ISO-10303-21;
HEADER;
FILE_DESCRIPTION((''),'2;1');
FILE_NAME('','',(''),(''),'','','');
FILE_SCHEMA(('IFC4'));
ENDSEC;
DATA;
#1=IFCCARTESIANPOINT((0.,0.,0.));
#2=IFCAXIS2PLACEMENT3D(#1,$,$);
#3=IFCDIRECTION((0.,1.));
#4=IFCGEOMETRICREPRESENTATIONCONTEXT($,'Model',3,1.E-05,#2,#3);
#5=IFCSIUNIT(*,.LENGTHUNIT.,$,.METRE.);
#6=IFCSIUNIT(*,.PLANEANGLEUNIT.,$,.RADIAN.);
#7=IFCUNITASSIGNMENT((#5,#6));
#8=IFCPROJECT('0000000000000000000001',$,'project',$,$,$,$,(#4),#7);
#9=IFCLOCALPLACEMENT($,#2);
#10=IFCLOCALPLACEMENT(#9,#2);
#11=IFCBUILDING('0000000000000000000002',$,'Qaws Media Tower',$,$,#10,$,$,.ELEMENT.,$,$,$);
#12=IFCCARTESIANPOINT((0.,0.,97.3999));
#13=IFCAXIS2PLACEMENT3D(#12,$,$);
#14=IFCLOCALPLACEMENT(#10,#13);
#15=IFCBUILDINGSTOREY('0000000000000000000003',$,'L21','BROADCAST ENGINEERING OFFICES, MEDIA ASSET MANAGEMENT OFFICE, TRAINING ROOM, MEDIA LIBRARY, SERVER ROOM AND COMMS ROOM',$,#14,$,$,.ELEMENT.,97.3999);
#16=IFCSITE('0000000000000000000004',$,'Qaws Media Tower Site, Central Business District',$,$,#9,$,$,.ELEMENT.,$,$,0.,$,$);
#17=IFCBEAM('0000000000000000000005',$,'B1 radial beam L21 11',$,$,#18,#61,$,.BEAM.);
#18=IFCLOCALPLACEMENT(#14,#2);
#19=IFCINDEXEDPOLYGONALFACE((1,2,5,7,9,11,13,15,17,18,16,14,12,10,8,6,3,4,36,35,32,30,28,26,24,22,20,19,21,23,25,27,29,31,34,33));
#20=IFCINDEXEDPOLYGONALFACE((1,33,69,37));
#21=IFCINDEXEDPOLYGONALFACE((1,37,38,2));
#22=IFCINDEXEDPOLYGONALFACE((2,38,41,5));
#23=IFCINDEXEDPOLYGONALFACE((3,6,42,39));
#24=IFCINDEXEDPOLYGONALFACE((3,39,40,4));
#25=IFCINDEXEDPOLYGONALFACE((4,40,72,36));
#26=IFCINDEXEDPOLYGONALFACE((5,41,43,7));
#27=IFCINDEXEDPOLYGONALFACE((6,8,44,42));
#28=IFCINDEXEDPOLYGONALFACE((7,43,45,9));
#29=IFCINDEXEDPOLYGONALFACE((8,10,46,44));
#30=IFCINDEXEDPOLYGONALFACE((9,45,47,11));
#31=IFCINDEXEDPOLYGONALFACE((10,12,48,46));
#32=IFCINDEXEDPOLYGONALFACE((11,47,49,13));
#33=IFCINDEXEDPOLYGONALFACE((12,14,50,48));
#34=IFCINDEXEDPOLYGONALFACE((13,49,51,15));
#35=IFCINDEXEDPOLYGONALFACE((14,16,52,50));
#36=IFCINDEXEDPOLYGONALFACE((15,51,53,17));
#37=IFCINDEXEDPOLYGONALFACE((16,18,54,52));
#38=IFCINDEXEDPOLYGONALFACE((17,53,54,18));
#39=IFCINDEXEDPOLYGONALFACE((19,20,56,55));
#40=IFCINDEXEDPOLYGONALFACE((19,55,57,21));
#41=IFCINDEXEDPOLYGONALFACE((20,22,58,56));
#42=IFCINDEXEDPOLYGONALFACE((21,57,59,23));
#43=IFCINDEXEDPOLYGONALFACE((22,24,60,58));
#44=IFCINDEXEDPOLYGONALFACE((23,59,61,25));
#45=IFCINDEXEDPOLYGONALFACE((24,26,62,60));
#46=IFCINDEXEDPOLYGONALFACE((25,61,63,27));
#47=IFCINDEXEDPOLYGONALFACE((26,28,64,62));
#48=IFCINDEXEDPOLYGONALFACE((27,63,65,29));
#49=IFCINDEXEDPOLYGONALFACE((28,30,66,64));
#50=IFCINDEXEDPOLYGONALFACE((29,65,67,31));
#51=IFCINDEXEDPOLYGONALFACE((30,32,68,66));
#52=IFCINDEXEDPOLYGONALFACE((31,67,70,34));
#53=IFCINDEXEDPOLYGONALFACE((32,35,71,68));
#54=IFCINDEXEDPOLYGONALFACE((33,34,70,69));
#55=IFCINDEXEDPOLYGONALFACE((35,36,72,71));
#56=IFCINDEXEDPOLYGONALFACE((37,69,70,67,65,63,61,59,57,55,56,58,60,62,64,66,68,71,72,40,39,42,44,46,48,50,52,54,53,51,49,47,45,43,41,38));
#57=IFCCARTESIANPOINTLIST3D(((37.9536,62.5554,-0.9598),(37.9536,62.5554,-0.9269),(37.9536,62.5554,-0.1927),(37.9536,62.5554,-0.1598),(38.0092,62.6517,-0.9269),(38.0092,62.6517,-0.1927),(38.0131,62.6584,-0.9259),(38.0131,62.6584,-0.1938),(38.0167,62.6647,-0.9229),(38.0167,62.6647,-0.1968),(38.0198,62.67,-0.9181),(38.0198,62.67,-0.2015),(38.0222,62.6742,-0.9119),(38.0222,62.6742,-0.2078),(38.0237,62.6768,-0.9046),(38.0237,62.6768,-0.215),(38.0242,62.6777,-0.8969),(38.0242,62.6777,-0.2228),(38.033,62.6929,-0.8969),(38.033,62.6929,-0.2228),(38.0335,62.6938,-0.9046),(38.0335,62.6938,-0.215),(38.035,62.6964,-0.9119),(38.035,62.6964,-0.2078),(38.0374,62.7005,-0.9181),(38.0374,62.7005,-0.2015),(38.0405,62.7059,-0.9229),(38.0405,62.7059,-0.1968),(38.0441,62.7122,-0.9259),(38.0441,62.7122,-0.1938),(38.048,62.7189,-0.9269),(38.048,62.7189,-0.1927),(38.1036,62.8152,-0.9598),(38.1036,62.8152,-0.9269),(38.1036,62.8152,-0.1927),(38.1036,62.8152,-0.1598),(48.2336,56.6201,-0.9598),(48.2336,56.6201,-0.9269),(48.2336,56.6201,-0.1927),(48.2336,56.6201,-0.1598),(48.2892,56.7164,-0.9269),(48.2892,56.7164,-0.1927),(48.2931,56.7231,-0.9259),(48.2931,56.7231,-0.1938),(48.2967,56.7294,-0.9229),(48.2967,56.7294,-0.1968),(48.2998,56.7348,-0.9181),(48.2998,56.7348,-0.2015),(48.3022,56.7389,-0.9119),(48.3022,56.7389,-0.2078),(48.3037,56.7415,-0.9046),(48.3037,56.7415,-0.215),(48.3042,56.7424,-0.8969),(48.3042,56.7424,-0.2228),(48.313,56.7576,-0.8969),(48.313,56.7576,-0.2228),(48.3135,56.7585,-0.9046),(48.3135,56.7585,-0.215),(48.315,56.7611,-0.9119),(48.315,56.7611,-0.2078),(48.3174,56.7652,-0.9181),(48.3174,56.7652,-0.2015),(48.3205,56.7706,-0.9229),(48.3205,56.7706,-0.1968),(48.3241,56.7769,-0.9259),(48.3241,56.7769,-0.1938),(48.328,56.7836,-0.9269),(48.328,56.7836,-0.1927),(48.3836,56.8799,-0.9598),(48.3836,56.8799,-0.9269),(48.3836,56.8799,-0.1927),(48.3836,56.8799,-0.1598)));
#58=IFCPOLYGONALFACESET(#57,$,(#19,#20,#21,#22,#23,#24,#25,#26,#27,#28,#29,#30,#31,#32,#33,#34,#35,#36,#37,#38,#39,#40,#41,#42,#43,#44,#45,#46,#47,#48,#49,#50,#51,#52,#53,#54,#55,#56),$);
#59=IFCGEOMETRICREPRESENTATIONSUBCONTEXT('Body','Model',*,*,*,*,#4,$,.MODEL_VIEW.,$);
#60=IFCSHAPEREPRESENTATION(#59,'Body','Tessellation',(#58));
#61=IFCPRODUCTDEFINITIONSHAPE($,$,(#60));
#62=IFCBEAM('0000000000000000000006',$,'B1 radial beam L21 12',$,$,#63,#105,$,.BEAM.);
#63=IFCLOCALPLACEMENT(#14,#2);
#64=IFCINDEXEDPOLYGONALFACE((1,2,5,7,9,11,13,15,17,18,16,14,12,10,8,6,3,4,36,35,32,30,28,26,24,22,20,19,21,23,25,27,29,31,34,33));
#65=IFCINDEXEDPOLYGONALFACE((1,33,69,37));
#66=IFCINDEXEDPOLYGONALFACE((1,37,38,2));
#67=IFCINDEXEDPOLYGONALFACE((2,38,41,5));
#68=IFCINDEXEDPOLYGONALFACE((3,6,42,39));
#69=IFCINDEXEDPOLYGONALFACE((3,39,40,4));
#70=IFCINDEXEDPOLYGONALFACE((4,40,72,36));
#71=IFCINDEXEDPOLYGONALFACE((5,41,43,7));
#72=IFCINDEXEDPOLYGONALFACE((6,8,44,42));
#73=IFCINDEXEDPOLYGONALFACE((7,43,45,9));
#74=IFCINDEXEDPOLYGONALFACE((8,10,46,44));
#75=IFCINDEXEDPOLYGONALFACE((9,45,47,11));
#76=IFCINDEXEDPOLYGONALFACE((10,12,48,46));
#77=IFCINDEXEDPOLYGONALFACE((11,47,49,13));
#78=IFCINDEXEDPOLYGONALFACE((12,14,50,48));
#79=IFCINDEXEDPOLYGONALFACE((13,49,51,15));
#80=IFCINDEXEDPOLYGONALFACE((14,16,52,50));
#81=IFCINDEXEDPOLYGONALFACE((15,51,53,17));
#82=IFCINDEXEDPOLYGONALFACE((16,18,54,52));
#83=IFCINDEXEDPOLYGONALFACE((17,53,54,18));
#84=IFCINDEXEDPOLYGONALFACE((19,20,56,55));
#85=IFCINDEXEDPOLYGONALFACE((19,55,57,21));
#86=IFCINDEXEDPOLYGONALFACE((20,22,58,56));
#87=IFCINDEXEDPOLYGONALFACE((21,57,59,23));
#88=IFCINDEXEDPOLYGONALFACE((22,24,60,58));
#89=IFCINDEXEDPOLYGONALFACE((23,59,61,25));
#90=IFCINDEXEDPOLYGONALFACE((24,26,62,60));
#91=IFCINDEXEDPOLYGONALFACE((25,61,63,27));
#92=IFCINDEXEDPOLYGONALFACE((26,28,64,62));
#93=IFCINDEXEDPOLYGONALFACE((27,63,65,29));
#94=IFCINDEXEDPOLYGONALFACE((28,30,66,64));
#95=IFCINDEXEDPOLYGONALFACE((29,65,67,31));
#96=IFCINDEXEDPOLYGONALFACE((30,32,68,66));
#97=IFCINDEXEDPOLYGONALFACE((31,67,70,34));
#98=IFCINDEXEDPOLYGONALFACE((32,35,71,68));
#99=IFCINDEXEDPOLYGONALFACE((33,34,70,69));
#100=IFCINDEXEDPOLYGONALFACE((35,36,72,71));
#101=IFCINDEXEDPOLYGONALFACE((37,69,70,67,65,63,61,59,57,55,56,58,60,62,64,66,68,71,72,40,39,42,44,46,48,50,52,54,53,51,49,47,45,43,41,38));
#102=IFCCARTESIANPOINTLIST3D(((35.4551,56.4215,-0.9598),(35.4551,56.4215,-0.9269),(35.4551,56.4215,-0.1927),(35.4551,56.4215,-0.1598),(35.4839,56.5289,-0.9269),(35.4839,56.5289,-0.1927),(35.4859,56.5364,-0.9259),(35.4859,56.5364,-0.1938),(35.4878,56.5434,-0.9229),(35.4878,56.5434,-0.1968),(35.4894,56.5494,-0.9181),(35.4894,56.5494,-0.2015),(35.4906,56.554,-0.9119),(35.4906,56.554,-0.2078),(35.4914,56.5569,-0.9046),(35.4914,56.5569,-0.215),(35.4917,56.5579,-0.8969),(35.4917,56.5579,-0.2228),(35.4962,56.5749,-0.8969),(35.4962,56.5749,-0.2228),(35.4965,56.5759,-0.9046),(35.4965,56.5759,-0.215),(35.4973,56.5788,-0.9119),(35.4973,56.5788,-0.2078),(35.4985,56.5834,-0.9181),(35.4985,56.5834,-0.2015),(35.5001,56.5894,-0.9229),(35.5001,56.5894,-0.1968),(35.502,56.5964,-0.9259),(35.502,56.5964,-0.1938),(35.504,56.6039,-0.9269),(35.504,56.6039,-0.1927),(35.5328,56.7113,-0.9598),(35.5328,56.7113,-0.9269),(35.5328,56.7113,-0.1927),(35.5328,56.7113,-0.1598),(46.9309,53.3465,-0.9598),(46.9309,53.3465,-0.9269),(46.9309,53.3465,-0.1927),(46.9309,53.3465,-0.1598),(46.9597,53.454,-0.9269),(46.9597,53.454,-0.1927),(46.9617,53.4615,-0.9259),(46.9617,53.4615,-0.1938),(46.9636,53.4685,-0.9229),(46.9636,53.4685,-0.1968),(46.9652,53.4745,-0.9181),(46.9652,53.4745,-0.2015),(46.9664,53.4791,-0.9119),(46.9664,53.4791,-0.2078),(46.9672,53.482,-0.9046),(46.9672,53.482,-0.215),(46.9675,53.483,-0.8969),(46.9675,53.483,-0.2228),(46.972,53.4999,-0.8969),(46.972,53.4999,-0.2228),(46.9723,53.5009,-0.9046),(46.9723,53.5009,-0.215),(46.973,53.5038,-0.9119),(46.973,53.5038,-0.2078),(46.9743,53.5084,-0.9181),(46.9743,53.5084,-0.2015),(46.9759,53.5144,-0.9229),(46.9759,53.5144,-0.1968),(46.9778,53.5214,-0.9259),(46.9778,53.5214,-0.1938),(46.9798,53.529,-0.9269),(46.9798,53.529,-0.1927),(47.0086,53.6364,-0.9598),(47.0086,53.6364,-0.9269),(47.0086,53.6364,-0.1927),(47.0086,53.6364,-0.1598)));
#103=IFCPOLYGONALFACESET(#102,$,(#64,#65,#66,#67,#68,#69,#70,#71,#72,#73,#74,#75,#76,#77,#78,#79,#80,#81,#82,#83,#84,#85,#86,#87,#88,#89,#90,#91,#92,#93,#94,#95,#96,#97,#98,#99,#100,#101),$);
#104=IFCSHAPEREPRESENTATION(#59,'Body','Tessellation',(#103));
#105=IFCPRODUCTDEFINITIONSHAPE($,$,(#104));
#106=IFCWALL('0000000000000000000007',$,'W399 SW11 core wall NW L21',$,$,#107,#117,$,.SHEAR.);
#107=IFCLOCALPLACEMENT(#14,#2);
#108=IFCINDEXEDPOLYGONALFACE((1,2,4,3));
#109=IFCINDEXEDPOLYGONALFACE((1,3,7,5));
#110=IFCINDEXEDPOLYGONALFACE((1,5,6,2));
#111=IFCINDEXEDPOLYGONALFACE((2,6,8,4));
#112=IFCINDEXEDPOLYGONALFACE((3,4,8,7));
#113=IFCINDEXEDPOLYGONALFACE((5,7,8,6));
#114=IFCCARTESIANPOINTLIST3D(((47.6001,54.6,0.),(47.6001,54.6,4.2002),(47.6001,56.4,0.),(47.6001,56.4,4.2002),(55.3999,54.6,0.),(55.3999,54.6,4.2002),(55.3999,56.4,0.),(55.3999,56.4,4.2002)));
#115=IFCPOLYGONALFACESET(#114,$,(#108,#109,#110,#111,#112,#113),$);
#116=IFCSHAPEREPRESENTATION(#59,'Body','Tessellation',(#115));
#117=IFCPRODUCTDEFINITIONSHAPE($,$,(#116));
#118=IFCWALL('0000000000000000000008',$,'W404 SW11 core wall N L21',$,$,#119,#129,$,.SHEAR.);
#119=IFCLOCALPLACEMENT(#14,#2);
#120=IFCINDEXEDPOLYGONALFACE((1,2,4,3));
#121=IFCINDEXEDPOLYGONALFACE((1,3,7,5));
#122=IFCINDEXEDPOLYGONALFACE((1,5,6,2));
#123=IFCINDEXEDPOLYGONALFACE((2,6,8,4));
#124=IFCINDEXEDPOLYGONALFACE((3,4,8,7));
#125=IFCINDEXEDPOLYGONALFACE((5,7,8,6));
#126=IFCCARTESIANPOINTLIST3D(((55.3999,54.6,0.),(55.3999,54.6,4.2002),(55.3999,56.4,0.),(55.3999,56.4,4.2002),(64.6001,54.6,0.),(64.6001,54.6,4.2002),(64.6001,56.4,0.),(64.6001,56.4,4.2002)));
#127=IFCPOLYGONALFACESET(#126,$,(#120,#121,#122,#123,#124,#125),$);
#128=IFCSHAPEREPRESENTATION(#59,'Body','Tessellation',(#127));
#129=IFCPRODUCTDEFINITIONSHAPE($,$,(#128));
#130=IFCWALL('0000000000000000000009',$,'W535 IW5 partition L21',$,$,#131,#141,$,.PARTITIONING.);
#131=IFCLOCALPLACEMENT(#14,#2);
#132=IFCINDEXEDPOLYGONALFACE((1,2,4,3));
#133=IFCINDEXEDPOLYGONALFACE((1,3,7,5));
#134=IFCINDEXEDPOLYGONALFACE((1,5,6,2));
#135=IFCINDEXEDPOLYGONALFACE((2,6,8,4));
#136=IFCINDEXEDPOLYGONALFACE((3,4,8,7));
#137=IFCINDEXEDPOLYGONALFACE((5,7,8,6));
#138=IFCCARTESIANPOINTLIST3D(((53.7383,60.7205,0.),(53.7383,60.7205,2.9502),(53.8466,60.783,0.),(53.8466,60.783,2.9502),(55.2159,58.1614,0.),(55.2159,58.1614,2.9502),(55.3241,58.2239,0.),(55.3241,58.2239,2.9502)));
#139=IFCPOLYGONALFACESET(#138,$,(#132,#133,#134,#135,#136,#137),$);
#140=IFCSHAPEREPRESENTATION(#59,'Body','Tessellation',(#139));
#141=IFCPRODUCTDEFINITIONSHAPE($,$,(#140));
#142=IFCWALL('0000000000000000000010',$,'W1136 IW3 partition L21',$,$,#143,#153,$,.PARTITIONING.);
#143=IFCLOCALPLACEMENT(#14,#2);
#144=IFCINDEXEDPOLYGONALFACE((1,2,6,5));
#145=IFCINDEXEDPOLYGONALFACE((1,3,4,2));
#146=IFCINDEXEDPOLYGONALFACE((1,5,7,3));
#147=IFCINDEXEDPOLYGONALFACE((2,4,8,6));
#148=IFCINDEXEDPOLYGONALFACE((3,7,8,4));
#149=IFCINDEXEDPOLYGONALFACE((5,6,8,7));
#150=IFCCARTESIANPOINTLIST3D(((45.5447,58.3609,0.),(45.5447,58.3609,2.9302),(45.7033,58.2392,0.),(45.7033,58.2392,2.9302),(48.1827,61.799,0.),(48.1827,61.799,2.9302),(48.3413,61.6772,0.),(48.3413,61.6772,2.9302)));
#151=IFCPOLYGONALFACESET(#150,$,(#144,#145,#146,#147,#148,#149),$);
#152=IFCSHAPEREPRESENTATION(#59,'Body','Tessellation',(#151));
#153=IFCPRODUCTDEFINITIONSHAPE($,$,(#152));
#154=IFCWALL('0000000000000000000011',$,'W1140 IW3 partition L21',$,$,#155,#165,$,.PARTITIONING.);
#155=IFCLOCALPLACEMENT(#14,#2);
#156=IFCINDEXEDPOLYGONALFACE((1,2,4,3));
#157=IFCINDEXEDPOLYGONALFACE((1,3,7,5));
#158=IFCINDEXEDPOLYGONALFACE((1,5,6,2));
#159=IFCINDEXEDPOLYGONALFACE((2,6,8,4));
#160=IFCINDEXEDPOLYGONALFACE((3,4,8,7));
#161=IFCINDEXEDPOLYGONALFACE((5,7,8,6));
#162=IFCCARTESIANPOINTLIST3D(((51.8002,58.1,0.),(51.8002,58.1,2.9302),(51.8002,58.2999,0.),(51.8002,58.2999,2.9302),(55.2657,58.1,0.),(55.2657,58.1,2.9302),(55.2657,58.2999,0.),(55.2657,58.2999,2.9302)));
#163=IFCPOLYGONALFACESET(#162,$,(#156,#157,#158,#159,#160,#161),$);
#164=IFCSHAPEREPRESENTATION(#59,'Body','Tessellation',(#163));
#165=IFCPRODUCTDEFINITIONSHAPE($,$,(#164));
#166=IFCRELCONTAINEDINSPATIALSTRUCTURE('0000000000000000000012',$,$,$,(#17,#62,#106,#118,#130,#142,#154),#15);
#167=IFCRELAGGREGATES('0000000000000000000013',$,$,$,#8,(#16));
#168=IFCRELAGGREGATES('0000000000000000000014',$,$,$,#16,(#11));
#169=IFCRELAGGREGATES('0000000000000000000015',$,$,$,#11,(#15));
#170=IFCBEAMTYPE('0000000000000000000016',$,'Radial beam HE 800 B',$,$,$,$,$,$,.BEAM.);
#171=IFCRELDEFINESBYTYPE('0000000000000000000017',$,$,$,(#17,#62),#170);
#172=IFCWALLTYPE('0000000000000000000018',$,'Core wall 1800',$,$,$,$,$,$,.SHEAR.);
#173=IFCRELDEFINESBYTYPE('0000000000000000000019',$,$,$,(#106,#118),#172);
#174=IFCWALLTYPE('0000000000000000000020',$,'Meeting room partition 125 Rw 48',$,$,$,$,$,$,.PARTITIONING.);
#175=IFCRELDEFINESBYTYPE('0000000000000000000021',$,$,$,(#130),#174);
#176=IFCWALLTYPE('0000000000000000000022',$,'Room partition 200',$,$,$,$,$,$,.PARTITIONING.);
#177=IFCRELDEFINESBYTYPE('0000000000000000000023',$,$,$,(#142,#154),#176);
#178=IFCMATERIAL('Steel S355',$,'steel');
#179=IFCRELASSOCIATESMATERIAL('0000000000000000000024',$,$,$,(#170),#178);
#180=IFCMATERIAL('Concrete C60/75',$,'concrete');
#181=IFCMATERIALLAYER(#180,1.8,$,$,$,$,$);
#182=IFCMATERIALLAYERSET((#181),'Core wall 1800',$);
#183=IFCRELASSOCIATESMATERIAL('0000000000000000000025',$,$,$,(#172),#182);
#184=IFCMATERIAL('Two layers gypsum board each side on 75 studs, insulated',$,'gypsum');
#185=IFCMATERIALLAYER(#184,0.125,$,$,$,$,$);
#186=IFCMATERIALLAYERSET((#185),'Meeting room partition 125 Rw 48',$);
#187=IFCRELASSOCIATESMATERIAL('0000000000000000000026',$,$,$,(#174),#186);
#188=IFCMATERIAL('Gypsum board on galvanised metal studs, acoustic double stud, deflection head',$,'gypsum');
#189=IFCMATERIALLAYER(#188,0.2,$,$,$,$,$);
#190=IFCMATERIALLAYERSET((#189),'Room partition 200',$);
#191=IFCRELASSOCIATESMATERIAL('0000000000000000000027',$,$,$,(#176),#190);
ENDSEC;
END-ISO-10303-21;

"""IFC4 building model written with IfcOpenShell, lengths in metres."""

from ifc_helpers import new_model, si_unit, direction, frame, frame_2d, origin, origin_2d, place, context, subcontext, project, spatial, rectangle, i_section, extrude, material, layer, layer_set, material_profile, profile_set, type_object, element, save


model = new_model("IFC4")

# Units and contexts
model_context = context("Model", 3, precision=1e-05, world=origin(), true_north=direction((0.0, 1.0)))
body_context = subcontext(model_context, "Body", "Model", "MODEL_VIEW")
ifc_project = project(units=[si_unit("LENGTHUNIT", "METRE"), si_unit("PLANEANGLEUNIT", "RADIAN")], contexts=[model_context])

# Site, building, storey
site_placement = place(None, origin())
site = spatial("IfcSite", under=ifc_project, at=site_placement, Name="Qaws Media Tower Site, Central Business District", CompositionType="ELEMENT", RefElevation=0.0)
building_placement = place(site_placement, origin())
building = spatial("IfcBuilding", under=site, at=building_placement, Name="Qaws Media Tower", CompositionType="ELEMENT")
storey_placement = place(building_placement, frame((0.0, 0.0, 97.3999)))
storey = spatial("IfcBuildingStorey", under=building, at=storey_placement, Name="L21", Description="BROADCAST ENGINEERING OFFICES, MEDIA ASSET MANAGEMENT OFFICE, TRAINING ROOM, MEDIA LIBRARY, SERVER ROOM AND COMMS ROOM", CompositionType="ELEMENT", Elevation=97.3999)

# Beams
ifc_material_1 = material(Name="Steel S355", Category="steel")
ifc_material_profile_1 = material_profile(ifc_material_1, i_section(OverallWidth=0.3, OverallDepth=0.8, WebThickness=0.0176, FlangeThickness=0.033, FilletRadius=0.03, at=origin_2d()), Name="HE 800 B")
ifc_profile_set_1 = profile_set([ifc_material_profile_1], Name="Steel S355")
beam_type_1 = type_object("IfcBeamType", Name="Radial beam HE 800 B", PredefinedType="BEAM", material=ifc_profile_set_1)
beam_1_placement = place(storey_placement, frame((48.3086, 56.75, -0.5598), z_axis=(-0.866021, 0.500008, 0.0), x_axis=(-0.500008, -0.866021, 0.0)))
element("IfcBeam", 1, at=beam_1_placement, inside=storey, type_object=beam_type_1, Name="B1 radial beam L21 11", PredefinedType="BEAM", context=body_context, shape_type="SweptSolid", body=[
    extrude(i_section(OverallWidth=0.3, OverallDepth=0.8, WebThickness=0.0176, FlangeThickness=0.033, FilletRadius=0.03, at=origin_2d()), origin(), (0.0, 0.0, 1.0), 11.8704),
])
beam_2_placement = place(storey_placement, frame((46.9697, 53.4915, -0.5598), z_axis=(-0.965926, 0.25882, 0.0), x_axis=(-0.25882, -0.965926, 0.0)))
element("IfcBeam", 2, at=beam_2_placement, inside=storey, type_object=beam_type_1, Name="B1 radial beam L21 12", PredefinedType="BEAM", context=body_context, shape_type="SweptSolid", body=[
    extrude(i_section(OverallWidth=0.3, OverallDepth=0.8, WebThickness=0.0176, FlangeThickness=0.033, FilletRadius=0.03, at=origin_2d()), origin(), (0.0, 0.0, 1.0), 11.8806),
])

# Walls
ifc_material_2 = material(Name="Concrete C60/75", Category="concrete")
ifc_layer_1 = layer(ifc_material_2, 1.8)
ifc_layer_set_1 = layer_set([ifc_layer_1], Name="Core wall 1800")
wall_type_1 = type_object("IfcWallType", Name="Core wall 1800", PredefinedType="SHEAR", material=ifc_layer_set_1)
wall_1_placement = place(storey_placement, frame((47.6001, 55.5, 0.0), z_axis=(0.0, 0.0, 1.0), x_axis=(1.0, 0.0, 0.0)))
element("IfcWall", 3, at=wall_1_placement, inside=storey, type_object=wall_type_1, Name="W399 SW11 core wall NW L21", PredefinedType="SHEAR", context=body_context, shape_type="SweptSolid", body=[
    extrude(rectangle(XDim=7.7998, YDim=1.8, at=frame_2d((3.8999, 0.0))), origin(), (0.0, 0.0, 1.0), 4.2002),
])
wall_2_placement = place(storey_placement, frame((55.3999, 55.5, 0.0), z_axis=(0.0, 0.0, 1.0), x_axis=(1.0, 0.0, 0.0)))
element("IfcWall", 4, at=wall_2_placement, inside=storey, type_object=wall_type_1, Name="W404 SW11 core wall N L21", PredefinedType="SHEAR", context=body_context, shape_type="SweptSolid", body=[
    extrude(rectangle(XDim=9.2002, YDim=1.8, at=frame_2d((4.6001, 0.0))), origin(), (0.0, 0.0, 1.0), 4.2002),
])
ifc_material_3 = material(Name="Two layers gypsum board each side on 75 studs, insulated", Category="gypsum")
ifc_layer_2 = layer(ifc_material_3, 0.125)
ifc_layer_set_2 = layer_set([ifc_layer_2], Name="Meeting room partition 125 Rw 48")
wall_type_2 = type_object("IfcWallType", Name="Meeting room partition 125 Rw 48", PredefinedType="PARTITIONING", material=ifc_layer_set_2)
wall_3_placement = place(storey_placement, frame((55.27, 58.1926, 0.0), z_axis=(0.0, 0.0, 1.0), x_axis=(-0.500013, 0.866018, 0.0)))
element("IfcWall", 5, at=wall_3_placement, inside=storey, type_object=wall_type_2, Name="W535 IW5 partition L21", PredefinedType="PARTITIONING", context=body_context, shape_type="SweptSolid", body=[
    extrude(rectangle(XDim=2.9551, YDim=0.125, at=frame_2d((1.4775, 0.0))), origin(), (0.0, 0.0, 1.0), 2.9502),
])
ifc_material_4 = material(Name="Gypsum board on galvanised metal studs, acoustic double stud, deflection head", Category="gypsum")
ifc_layer_3 = layer(ifc_material_4, 0.2)
ifc_layer_set_3 = layer_set([ifc_layer_3], Name="Room partition 200")
wall_type_3 = type_object("IfcWallType", Name="Room partition 200", PredefinedType="PARTITIONING", material=ifc_layer_set_3)
wall_4_placement = place(storey_placement, frame((45.624, 58.3, 0.0), z_axis=(0.0, 0.0, 1.0), x_axis=(0.608744, 0.793367, 0.0)))
element("IfcWall", 6, at=wall_4_placement, inside=storey, type_object=wall_type_3, Name="W1136 IW3 partition L21", PredefinedType="PARTITIONING", context=body_context, shape_type="SweptSolid", body=[
    extrude(rectangle(XDim=4.3335, YDim=0.2, at=frame_2d((2.1667, 0.0))), origin(), (0.0, 0.0, 1.0), 2.9302),
])
wall_5_placement = place(storey_placement, frame((51.8, 58.2, 0.0), z_axis=(0.0, 0.0, 1.0), x_axis=(1.0, 0.0, 0.0)))
element("IfcWall", 7, at=wall_5_placement, inside=storey, type_object=wall_type_3, Name="W1140 IW3 partition L21", PredefinedType="PARTITIONING", context=body_context, shape_type="SweptSolid", body=[
    extrude(rectangle(XDim=3.4656, YDim=0.2, at=frame_2d((1.7329, 0.0))), origin(), (0.0, 0.0, 1.0), 2.9302),
])

save(model, "model.ifc")
